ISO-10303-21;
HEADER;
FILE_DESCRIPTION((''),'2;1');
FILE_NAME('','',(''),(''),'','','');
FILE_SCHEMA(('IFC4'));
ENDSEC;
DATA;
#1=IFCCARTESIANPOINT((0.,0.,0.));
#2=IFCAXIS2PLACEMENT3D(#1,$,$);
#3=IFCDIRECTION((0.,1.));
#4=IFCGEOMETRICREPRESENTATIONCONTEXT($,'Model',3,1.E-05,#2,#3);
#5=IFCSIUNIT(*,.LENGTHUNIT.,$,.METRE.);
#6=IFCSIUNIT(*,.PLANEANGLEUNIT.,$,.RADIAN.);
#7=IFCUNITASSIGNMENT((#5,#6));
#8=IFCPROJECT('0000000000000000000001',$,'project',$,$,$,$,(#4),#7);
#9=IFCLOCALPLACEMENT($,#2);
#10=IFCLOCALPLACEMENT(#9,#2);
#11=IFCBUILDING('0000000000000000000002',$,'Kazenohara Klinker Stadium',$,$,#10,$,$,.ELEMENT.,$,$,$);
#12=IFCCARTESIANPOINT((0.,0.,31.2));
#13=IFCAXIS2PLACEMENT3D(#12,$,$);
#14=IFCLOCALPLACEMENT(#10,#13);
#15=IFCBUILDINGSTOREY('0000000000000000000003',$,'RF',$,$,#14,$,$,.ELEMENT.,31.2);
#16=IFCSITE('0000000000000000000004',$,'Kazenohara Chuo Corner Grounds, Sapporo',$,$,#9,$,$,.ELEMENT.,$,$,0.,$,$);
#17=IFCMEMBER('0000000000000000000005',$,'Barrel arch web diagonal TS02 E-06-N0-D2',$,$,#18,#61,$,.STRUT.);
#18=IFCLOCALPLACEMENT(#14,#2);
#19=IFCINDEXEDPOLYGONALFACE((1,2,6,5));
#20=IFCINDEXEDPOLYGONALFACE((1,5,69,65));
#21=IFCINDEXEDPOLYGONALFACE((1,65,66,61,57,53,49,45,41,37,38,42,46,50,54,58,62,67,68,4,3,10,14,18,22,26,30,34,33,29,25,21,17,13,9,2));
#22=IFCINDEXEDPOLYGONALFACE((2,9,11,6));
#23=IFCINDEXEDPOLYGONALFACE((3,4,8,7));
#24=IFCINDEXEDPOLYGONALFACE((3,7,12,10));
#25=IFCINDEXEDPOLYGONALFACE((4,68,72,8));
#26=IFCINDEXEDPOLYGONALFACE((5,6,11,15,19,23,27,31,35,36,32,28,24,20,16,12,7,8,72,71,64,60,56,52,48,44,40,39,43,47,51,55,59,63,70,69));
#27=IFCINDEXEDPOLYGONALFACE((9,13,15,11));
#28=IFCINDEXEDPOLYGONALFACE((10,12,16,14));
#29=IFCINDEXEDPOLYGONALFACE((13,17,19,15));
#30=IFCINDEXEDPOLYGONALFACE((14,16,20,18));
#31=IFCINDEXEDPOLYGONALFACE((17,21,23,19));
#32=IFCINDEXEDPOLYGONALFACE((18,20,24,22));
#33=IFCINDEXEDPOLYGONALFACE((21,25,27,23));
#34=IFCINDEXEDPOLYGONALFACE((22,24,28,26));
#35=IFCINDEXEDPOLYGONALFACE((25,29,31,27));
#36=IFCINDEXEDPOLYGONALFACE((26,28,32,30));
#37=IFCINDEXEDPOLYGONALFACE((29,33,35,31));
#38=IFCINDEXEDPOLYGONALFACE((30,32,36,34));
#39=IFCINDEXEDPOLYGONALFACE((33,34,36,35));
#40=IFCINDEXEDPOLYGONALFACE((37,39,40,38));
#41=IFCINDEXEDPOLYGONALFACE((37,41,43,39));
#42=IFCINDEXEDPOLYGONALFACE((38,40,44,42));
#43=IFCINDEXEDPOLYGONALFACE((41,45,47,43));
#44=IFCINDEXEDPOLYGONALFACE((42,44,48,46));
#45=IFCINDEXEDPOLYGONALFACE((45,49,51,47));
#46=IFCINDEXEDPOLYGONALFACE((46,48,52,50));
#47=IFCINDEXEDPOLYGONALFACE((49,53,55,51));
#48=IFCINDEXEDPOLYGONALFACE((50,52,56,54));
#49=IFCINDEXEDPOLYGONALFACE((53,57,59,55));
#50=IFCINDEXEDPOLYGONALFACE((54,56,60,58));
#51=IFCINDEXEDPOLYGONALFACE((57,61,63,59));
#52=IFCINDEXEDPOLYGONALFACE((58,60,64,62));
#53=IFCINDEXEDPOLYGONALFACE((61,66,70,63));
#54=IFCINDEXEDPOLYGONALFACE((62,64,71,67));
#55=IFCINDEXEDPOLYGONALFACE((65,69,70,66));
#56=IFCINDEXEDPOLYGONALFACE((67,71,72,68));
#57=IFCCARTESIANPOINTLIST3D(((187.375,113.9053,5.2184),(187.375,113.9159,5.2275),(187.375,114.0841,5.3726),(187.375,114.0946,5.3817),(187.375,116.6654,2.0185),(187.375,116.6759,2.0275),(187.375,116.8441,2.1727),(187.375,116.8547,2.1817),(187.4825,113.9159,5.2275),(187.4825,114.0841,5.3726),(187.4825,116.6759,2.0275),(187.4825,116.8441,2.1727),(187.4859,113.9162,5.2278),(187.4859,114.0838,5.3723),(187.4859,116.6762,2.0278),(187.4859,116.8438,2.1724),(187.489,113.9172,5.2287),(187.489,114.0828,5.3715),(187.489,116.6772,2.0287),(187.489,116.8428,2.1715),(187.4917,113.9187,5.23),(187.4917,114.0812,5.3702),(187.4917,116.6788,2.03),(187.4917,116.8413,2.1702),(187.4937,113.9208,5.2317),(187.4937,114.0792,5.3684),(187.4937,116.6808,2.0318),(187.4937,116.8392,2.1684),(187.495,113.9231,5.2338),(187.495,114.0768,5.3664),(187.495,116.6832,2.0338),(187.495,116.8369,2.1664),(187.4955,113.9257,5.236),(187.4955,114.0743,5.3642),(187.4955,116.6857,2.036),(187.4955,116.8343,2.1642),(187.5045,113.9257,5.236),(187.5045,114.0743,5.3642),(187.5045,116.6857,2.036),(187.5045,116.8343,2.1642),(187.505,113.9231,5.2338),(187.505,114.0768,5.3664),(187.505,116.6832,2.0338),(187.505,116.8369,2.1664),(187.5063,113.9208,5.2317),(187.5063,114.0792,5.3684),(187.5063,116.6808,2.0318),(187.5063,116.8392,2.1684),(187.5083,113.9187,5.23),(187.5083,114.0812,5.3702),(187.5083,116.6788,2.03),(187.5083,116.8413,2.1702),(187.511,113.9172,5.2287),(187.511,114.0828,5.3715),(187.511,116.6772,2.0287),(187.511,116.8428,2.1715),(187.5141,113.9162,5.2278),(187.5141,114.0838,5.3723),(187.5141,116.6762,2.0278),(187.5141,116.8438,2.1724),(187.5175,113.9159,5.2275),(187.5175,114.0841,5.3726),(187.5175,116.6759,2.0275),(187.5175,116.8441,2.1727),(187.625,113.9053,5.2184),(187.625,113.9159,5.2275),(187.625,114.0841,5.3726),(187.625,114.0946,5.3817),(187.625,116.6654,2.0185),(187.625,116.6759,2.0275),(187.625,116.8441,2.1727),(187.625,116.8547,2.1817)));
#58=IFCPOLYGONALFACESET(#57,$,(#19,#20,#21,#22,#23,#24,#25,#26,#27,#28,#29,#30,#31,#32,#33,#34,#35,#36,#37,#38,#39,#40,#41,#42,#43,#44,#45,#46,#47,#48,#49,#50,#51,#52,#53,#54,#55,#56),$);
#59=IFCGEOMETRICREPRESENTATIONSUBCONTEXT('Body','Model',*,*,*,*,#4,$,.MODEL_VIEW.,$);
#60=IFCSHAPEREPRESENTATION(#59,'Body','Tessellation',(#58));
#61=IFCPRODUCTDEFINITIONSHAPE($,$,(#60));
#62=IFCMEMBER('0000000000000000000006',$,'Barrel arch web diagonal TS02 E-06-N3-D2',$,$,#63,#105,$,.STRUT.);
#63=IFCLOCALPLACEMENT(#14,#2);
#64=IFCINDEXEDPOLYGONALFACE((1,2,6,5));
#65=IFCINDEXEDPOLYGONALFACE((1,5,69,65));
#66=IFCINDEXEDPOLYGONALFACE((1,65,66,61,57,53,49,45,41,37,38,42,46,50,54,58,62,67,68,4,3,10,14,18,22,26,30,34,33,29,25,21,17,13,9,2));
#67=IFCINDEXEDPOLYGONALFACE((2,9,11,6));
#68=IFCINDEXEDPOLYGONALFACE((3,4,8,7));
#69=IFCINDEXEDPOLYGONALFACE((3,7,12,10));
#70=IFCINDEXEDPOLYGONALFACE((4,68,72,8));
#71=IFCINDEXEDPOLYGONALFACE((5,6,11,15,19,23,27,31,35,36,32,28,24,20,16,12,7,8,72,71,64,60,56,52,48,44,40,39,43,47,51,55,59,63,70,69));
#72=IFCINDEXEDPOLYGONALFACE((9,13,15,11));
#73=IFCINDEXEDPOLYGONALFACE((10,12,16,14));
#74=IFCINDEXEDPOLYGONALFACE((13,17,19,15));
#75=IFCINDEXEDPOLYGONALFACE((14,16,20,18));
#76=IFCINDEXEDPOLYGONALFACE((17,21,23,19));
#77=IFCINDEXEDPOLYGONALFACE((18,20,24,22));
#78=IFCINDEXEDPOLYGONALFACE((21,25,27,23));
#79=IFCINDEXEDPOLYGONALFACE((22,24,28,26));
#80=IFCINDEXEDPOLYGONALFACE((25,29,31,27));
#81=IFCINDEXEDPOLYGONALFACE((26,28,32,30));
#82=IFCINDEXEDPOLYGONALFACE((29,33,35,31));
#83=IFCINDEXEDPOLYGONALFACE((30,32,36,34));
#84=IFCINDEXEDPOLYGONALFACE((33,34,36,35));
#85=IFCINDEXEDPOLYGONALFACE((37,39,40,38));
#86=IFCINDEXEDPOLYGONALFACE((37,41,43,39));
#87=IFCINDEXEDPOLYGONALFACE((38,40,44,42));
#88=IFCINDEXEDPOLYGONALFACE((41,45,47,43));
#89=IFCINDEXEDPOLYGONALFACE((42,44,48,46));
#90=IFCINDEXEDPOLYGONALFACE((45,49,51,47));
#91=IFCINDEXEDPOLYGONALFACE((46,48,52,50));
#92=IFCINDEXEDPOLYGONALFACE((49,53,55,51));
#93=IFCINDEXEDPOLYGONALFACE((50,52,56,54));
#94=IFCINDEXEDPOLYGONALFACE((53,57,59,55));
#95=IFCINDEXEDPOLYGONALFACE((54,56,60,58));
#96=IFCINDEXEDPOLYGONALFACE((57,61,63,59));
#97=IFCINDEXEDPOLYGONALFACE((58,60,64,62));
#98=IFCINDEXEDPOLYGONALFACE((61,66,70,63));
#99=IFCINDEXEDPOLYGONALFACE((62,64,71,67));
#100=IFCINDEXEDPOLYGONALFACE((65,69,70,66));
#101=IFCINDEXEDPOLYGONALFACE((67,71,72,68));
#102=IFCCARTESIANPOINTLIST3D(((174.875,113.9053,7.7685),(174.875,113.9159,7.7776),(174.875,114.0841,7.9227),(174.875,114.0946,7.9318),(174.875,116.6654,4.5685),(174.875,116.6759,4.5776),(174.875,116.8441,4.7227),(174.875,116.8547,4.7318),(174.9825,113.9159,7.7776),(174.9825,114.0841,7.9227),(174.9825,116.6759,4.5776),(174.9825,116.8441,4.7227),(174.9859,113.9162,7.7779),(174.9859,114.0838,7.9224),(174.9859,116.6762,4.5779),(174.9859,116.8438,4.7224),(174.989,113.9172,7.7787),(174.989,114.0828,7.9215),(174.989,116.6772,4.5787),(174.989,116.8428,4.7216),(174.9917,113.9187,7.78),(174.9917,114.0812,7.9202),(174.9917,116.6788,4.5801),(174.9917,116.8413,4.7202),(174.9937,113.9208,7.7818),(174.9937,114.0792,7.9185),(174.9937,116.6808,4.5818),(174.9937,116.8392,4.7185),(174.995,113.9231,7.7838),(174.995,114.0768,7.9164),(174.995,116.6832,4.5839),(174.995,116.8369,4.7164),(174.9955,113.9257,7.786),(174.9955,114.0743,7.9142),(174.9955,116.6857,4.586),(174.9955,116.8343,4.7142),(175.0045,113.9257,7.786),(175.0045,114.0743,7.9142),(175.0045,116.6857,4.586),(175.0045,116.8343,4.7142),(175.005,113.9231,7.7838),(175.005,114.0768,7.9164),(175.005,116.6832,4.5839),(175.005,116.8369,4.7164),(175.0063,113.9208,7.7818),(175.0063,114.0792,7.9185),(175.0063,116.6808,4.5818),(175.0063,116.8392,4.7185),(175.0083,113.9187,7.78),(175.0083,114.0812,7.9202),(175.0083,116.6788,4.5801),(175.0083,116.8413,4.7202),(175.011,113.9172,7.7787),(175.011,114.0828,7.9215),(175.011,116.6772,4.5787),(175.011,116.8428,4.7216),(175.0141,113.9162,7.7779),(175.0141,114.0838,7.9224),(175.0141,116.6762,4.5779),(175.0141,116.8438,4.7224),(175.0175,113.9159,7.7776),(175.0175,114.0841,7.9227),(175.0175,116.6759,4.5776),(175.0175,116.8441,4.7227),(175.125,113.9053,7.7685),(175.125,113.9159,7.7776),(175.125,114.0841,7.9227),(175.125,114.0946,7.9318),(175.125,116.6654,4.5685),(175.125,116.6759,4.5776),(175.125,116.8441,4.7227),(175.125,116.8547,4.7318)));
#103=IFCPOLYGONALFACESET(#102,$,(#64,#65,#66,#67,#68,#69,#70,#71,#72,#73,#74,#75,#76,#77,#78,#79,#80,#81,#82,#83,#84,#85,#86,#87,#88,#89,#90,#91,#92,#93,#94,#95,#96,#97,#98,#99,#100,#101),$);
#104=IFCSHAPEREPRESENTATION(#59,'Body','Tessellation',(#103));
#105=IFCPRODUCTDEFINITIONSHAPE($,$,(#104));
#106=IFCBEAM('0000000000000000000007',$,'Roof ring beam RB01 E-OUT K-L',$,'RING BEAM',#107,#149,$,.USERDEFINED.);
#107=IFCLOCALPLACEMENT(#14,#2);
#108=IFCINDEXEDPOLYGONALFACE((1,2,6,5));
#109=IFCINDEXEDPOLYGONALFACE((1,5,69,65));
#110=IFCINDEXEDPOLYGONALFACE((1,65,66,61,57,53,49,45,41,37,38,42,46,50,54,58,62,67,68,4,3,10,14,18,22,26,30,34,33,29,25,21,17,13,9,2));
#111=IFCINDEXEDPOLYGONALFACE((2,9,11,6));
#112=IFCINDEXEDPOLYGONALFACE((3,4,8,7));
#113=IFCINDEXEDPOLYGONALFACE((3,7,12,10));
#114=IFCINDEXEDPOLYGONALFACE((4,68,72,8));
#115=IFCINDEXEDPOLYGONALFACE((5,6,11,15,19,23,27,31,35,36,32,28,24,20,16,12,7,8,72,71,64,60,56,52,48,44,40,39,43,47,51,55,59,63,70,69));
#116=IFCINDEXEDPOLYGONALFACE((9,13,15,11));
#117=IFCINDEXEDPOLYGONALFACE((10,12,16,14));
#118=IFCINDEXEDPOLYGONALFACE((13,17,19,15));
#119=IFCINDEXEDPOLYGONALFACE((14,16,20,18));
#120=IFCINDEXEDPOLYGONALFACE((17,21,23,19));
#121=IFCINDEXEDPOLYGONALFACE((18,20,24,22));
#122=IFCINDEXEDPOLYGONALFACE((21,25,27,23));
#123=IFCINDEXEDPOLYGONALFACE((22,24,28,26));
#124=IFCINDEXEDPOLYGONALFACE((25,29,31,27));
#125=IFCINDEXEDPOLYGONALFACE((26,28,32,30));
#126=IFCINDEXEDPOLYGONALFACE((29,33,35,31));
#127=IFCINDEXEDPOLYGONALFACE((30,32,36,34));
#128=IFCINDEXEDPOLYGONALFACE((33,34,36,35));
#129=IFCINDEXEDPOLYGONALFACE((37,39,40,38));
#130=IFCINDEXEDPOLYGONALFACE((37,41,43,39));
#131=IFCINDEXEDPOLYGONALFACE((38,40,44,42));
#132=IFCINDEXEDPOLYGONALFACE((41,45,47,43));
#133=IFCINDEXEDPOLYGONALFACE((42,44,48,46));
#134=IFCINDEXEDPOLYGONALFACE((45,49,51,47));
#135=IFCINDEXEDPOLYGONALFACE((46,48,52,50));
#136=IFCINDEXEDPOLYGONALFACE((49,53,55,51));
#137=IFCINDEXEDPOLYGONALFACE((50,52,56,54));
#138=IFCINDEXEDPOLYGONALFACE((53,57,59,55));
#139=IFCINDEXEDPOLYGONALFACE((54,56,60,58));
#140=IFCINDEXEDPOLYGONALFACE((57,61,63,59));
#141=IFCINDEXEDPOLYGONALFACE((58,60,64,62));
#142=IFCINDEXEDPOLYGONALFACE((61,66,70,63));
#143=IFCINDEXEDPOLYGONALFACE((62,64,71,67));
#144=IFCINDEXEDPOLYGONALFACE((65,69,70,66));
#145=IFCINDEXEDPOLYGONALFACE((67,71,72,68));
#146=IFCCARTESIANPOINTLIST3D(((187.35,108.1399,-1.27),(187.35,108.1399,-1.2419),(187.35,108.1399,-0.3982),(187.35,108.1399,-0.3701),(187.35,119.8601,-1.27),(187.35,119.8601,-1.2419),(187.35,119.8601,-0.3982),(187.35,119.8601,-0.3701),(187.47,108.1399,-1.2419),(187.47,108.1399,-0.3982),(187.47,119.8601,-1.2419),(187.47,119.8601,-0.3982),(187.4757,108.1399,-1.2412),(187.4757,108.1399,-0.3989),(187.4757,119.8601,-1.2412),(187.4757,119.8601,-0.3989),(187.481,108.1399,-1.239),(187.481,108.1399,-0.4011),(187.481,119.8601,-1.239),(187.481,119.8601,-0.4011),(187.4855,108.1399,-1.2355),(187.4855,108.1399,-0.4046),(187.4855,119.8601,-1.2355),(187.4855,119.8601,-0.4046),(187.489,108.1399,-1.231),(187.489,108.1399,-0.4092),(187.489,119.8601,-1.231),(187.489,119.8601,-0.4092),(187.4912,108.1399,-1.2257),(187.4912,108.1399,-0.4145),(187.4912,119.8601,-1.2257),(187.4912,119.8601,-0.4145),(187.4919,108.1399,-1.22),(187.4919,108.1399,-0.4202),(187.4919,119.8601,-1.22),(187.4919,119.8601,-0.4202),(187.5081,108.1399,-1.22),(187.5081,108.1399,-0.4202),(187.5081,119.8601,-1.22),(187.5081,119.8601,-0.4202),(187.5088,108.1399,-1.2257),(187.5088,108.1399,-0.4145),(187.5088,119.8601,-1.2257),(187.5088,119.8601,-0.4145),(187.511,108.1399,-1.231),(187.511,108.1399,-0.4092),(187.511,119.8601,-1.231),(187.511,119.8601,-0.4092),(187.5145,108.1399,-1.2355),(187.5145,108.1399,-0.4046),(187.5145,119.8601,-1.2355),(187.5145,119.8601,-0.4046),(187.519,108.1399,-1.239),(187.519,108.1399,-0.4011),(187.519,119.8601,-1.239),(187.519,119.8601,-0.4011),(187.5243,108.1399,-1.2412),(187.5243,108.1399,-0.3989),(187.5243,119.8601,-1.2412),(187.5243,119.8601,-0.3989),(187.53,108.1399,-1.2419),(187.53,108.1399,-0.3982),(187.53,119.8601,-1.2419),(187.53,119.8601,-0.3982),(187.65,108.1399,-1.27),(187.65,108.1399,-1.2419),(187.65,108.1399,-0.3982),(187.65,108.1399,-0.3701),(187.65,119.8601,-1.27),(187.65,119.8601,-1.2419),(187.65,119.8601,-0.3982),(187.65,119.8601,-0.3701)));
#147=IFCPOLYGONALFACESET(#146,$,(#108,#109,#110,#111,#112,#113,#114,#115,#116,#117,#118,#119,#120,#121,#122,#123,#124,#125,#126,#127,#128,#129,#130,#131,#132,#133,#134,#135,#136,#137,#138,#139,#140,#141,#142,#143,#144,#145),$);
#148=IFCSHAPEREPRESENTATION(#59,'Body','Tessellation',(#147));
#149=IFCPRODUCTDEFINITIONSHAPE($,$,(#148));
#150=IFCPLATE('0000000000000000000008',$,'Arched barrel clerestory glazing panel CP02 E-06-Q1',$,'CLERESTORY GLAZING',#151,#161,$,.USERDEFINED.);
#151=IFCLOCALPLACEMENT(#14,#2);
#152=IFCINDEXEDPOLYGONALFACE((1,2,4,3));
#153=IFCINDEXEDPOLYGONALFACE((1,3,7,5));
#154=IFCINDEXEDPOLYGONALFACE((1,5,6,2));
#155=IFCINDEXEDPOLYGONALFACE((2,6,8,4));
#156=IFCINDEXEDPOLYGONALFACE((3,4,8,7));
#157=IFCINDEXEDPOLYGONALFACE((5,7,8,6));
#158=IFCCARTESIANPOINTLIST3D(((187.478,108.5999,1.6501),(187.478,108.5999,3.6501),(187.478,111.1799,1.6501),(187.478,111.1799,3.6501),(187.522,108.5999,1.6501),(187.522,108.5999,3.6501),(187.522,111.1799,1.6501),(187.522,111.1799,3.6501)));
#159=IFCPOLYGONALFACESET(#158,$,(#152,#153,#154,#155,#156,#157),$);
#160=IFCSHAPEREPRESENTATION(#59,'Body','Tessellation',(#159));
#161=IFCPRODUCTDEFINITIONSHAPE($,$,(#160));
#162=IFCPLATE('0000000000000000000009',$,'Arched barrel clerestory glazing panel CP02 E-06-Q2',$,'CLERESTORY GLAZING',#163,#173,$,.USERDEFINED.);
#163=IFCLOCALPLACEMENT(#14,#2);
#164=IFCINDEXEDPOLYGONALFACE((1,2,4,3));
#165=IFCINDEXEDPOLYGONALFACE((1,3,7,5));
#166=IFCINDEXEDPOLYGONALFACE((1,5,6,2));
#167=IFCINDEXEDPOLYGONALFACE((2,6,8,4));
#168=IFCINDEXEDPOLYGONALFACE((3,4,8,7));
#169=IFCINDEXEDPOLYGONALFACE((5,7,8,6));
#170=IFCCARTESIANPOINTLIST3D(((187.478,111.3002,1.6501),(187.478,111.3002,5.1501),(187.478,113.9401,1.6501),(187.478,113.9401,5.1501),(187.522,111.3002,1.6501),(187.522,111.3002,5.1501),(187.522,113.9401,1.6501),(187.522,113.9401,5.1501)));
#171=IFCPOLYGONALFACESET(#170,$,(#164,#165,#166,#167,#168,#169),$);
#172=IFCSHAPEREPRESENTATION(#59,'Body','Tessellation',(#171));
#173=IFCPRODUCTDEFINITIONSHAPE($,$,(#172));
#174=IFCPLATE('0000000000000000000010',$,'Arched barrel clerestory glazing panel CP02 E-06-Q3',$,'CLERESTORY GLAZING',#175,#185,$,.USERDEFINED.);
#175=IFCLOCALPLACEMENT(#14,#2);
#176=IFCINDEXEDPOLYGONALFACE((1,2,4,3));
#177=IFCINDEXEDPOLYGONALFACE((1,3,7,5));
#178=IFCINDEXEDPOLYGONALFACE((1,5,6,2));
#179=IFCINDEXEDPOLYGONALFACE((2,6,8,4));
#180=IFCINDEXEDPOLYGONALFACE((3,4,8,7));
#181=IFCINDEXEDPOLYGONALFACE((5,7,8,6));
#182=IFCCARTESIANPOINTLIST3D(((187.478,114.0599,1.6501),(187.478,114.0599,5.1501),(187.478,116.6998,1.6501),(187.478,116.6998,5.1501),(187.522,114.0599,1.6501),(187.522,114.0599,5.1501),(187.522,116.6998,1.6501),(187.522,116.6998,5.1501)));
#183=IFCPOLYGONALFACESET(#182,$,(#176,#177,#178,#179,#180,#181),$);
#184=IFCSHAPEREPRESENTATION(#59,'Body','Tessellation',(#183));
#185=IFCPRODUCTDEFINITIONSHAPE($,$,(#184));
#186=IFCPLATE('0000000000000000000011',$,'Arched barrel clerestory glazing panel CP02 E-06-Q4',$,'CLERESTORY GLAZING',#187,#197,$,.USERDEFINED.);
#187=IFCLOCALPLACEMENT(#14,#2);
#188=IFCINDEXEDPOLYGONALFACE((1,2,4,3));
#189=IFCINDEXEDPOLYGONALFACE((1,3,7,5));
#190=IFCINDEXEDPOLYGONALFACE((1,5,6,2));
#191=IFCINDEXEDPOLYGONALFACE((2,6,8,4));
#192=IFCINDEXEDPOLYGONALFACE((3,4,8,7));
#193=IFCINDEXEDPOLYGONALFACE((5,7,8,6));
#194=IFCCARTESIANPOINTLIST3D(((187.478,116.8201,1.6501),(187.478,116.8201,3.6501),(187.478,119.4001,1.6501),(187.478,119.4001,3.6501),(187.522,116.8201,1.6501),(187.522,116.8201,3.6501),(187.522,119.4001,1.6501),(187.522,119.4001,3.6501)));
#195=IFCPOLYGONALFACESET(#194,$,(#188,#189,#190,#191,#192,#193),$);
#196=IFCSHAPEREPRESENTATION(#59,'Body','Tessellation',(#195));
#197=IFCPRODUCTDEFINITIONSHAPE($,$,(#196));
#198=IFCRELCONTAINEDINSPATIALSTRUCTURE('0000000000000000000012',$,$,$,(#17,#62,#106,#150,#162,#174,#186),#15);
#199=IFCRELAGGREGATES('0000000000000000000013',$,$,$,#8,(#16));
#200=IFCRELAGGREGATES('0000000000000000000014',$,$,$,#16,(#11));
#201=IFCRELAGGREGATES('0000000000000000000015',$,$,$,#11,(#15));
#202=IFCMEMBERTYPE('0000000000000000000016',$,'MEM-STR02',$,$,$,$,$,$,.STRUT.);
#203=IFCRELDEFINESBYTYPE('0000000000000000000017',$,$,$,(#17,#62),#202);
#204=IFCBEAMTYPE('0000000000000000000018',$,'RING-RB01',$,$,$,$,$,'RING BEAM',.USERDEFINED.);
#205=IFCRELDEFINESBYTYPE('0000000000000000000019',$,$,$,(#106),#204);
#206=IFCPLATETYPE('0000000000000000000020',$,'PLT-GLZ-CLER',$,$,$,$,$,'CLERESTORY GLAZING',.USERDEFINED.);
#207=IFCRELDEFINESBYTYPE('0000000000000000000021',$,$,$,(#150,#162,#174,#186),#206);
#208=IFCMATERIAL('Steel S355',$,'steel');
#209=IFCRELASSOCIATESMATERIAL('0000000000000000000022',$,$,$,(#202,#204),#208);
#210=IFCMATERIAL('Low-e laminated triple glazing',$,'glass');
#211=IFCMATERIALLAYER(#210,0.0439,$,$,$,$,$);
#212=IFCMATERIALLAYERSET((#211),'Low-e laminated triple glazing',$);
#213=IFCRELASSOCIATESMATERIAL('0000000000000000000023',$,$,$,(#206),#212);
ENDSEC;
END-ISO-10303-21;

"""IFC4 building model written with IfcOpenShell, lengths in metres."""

from ifc_helpers import new_model, si_unit, direction, frame, origin, origin_2d, place, context, subcontext, project, spatial, rectangle, i_section, extrude, material, layer, layer_set, material_profile, profile_set, type_object, element, save


model = new_model("IFC4")

# Units and contexts
model_context = context("Model", 3, precision=1e-05, world=origin(), true_north=direction((0.0, 1.0)))
body_context = subcontext(model_context, "Body", "Model", "MODEL_VIEW")
ifc_project = project(units=[si_unit("LENGTHUNIT", "METRE"), si_unit("PLANEANGLEUNIT", "RADIAN")], contexts=[model_context])

# Site, building, storey
site_placement = place(None, origin())
site = spatial("IfcSite", under=ifc_project, at=site_placement, Name="Kazenohara Chuo Corner Grounds, Sapporo", CompositionType="ELEMENT", RefElevation=0.0)
building_placement = place(site_placement, origin())
building = spatial("IfcBuilding", under=site, at=building_placement, Name="Kazenohara Klinker Stadium", CompositionType="ELEMENT")
storey_placement = place(building_placement, frame((0.0, 0.0, 31.2)))
storey = spatial("IfcBuildingStorey", under=building, at=storey_placement, Name="RF", CompositionType="ELEMENT", Elevation=31.2)

# Members
ifc_material_1 = material(Name="Steel S355", Category="steel")
ifc_material_profile_1 = material_profile(ifc_material_1, i_section(OverallWidth=0.25, OverallDepth=0.25, WebThickness=0.009, FlangeThickness=0.0139, FilletRadius=0.0129, at=origin_2d()), Name="H-250x250x9x14")
ifc_profile_set_1 = profile_set([ifc_material_profile_1], Name="Steel S355")
member_type_1 = type_object("IfcMemberType", Name="MEM-STR02", PredefinedType="STRUT", material=ifc_profile_set_1)
for number, where, z_axis, x_axis, name in (
    (1, (187.5, 116.76, 2.1001), (0.0, -0.653134, 0.757242), (1.0, 0.0, 0.0), "Barrel arch web diagonal TS02 E-06-N0-D2"),
    (2, (175.0, 116.76, 4.6501), (0.0, -0.653134, 0.757242), (1.0, 0.0, 0.0), "Barrel arch web diagonal TS02 E-06-N3-D2"),
):
    element("IfcMember", number, at=place(storey_placement, frame(where, z_axis=z_axis, x_axis=x_axis)), inside=storey, type_object=member_type_1, Name=name, PredefinedType="STRUT", context=body_context, shape_type="SweptSolid", body=[
        extrude(i_section(OverallWidth=0.25, OverallDepth=0.25, WebThickness=0.009, FlangeThickness=0.0139, FilletRadius=0.0129, at=origin_2d()), origin(), (0.0, 0.0, 1.0), 4.2258),
    ])

# Beam
ifc_material_profile_2 = material_profile(ifc_material_1, i_section(OverallWidth=0.3, OverallDepth=0.8999, WebThickness=0.0161, FlangeThickness=0.0281, FilletRadius=0.022, at=origin_2d()), Name="H-900x300x16x28")
ifc_profile_set_2 = profile_set([ifc_material_profile_2], Name="Steel S355")
beam_type = type_object("IfcBeamType", Name="RING-RB01", ElementType="RING BEAM", PredefinedType="USERDEFINED", material=ifc_profile_set_2)
beam_placement = place(storey_placement, frame((187.5, 108.1399, -0.8201), z_axis=(0.0, 1.0, 0.0), x_axis=(-1.0, 0.0, 0.0)))
element("IfcBeam", 3, at=beam_placement, inside=storey, type_object=beam_type, Name="Roof ring beam RB01 E-OUT K-L", ObjectType="RING BEAM", PredefinedType="USERDEFINED", context=body_context, shape_type="SweptSolid", body=[
    extrude(i_section(OverallWidth=0.3, OverallDepth=0.8999, WebThickness=0.0161, FlangeThickness=0.0281, FilletRadius=0.022, at=origin_2d()), origin(), (0.0, 0.0, 1.0), 11.7202),
])

# Plates
ifc_material_2 = material(Name="Low-e laminated triple glazing", Category="glass")
ifc_layer_1 = layer(ifc_material_2, 0.0439)
ifc_layer_set_1 = layer_set([ifc_layer_1], Name="Low-e laminated triple glazing")
plate_type_1 = type_object("IfcPlateType", Name="PLT-GLZ-CLER", ElementType="CLERESTORY GLAZING", PredefinedType="USERDEFINED", material=ifc_layer_set_1)
plate_1_placement = place(storey_placement, frame((187.5, 109.8899, 1.6501), z_axis=(0.0, 0.0, 1.0), x_axis=(1.0, 0.0, 0.0)))
element("IfcPlate", 4, at=plate_1_placement, inside=storey, type_object=plate_type_1, Name="Arched barrel clerestory glazing panel CP02 E-06-Q1", ObjectType="CLERESTORY GLAZING", PredefinedType="USERDEFINED", context=body_context, shape_type="SweptSolid", body=[
    extrude(rectangle(XDim=0.0439, YDim=2.5801, at=origin_2d()), origin(), (0.0, 0.0, 1.0), 2.0),
])
for number, where, z_axis, x_axis, name in (
    (5, (187.5, 112.6201, 1.6501), (0.0, 0.0, 1.0), (1.0, 0.0, 0.0), "Arched barrel clerestory glazing panel CP02 E-06-Q2"),
    (6, (187.5, 115.3799, 1.6501), (0.0, 0.0, 1.0), (1.0, 0.0, 0.0), "Arched barrel clerestory glazing panel CP02 E-06-Q3"),
):
    element("IfcPlate", number, at=place(storey_placement, frame(where, z_axis=z_axis, x_axis=x_axis)), inside=storey, type_object=plate_type_1, Name=name, ObjectType="CLERESTORY GLAZING", PredefinedType="USERDEFINED", context=body_context, shape_type="SweptSolid", body=[
        extrude(rectangle(XDim=0.0439, YDim=2.6399, at=origin_2d()), origin(), (0.0, 0.0, 1.0), 3.5),
    ])
plate_2_placement = place(storey_placement, frame((187.5, 118.1101, 1.6501), z_axis=(0.0, 0.0, 1.0), x_axis=(1.0, 0.0, 0.0)))
element("IfcPlate", 7, at=plate_2_placement, inside=storey, type_object=plate_type_1, Name="Arched barrel clerestory glazing panel CP02 E-06-Q4", ObjectType="CLERESTORY GLAZING", PredefinedType="USERDEFINED", context=body_context, shape_type="SweptSolid", body=[
    extrude(rectangle(XDim=0.0439, YDim=2.5801, at=origin_2d()), origin(), (0.0, 0.0, 1.0), 2.0),
])

save(model, "model.ifc")
